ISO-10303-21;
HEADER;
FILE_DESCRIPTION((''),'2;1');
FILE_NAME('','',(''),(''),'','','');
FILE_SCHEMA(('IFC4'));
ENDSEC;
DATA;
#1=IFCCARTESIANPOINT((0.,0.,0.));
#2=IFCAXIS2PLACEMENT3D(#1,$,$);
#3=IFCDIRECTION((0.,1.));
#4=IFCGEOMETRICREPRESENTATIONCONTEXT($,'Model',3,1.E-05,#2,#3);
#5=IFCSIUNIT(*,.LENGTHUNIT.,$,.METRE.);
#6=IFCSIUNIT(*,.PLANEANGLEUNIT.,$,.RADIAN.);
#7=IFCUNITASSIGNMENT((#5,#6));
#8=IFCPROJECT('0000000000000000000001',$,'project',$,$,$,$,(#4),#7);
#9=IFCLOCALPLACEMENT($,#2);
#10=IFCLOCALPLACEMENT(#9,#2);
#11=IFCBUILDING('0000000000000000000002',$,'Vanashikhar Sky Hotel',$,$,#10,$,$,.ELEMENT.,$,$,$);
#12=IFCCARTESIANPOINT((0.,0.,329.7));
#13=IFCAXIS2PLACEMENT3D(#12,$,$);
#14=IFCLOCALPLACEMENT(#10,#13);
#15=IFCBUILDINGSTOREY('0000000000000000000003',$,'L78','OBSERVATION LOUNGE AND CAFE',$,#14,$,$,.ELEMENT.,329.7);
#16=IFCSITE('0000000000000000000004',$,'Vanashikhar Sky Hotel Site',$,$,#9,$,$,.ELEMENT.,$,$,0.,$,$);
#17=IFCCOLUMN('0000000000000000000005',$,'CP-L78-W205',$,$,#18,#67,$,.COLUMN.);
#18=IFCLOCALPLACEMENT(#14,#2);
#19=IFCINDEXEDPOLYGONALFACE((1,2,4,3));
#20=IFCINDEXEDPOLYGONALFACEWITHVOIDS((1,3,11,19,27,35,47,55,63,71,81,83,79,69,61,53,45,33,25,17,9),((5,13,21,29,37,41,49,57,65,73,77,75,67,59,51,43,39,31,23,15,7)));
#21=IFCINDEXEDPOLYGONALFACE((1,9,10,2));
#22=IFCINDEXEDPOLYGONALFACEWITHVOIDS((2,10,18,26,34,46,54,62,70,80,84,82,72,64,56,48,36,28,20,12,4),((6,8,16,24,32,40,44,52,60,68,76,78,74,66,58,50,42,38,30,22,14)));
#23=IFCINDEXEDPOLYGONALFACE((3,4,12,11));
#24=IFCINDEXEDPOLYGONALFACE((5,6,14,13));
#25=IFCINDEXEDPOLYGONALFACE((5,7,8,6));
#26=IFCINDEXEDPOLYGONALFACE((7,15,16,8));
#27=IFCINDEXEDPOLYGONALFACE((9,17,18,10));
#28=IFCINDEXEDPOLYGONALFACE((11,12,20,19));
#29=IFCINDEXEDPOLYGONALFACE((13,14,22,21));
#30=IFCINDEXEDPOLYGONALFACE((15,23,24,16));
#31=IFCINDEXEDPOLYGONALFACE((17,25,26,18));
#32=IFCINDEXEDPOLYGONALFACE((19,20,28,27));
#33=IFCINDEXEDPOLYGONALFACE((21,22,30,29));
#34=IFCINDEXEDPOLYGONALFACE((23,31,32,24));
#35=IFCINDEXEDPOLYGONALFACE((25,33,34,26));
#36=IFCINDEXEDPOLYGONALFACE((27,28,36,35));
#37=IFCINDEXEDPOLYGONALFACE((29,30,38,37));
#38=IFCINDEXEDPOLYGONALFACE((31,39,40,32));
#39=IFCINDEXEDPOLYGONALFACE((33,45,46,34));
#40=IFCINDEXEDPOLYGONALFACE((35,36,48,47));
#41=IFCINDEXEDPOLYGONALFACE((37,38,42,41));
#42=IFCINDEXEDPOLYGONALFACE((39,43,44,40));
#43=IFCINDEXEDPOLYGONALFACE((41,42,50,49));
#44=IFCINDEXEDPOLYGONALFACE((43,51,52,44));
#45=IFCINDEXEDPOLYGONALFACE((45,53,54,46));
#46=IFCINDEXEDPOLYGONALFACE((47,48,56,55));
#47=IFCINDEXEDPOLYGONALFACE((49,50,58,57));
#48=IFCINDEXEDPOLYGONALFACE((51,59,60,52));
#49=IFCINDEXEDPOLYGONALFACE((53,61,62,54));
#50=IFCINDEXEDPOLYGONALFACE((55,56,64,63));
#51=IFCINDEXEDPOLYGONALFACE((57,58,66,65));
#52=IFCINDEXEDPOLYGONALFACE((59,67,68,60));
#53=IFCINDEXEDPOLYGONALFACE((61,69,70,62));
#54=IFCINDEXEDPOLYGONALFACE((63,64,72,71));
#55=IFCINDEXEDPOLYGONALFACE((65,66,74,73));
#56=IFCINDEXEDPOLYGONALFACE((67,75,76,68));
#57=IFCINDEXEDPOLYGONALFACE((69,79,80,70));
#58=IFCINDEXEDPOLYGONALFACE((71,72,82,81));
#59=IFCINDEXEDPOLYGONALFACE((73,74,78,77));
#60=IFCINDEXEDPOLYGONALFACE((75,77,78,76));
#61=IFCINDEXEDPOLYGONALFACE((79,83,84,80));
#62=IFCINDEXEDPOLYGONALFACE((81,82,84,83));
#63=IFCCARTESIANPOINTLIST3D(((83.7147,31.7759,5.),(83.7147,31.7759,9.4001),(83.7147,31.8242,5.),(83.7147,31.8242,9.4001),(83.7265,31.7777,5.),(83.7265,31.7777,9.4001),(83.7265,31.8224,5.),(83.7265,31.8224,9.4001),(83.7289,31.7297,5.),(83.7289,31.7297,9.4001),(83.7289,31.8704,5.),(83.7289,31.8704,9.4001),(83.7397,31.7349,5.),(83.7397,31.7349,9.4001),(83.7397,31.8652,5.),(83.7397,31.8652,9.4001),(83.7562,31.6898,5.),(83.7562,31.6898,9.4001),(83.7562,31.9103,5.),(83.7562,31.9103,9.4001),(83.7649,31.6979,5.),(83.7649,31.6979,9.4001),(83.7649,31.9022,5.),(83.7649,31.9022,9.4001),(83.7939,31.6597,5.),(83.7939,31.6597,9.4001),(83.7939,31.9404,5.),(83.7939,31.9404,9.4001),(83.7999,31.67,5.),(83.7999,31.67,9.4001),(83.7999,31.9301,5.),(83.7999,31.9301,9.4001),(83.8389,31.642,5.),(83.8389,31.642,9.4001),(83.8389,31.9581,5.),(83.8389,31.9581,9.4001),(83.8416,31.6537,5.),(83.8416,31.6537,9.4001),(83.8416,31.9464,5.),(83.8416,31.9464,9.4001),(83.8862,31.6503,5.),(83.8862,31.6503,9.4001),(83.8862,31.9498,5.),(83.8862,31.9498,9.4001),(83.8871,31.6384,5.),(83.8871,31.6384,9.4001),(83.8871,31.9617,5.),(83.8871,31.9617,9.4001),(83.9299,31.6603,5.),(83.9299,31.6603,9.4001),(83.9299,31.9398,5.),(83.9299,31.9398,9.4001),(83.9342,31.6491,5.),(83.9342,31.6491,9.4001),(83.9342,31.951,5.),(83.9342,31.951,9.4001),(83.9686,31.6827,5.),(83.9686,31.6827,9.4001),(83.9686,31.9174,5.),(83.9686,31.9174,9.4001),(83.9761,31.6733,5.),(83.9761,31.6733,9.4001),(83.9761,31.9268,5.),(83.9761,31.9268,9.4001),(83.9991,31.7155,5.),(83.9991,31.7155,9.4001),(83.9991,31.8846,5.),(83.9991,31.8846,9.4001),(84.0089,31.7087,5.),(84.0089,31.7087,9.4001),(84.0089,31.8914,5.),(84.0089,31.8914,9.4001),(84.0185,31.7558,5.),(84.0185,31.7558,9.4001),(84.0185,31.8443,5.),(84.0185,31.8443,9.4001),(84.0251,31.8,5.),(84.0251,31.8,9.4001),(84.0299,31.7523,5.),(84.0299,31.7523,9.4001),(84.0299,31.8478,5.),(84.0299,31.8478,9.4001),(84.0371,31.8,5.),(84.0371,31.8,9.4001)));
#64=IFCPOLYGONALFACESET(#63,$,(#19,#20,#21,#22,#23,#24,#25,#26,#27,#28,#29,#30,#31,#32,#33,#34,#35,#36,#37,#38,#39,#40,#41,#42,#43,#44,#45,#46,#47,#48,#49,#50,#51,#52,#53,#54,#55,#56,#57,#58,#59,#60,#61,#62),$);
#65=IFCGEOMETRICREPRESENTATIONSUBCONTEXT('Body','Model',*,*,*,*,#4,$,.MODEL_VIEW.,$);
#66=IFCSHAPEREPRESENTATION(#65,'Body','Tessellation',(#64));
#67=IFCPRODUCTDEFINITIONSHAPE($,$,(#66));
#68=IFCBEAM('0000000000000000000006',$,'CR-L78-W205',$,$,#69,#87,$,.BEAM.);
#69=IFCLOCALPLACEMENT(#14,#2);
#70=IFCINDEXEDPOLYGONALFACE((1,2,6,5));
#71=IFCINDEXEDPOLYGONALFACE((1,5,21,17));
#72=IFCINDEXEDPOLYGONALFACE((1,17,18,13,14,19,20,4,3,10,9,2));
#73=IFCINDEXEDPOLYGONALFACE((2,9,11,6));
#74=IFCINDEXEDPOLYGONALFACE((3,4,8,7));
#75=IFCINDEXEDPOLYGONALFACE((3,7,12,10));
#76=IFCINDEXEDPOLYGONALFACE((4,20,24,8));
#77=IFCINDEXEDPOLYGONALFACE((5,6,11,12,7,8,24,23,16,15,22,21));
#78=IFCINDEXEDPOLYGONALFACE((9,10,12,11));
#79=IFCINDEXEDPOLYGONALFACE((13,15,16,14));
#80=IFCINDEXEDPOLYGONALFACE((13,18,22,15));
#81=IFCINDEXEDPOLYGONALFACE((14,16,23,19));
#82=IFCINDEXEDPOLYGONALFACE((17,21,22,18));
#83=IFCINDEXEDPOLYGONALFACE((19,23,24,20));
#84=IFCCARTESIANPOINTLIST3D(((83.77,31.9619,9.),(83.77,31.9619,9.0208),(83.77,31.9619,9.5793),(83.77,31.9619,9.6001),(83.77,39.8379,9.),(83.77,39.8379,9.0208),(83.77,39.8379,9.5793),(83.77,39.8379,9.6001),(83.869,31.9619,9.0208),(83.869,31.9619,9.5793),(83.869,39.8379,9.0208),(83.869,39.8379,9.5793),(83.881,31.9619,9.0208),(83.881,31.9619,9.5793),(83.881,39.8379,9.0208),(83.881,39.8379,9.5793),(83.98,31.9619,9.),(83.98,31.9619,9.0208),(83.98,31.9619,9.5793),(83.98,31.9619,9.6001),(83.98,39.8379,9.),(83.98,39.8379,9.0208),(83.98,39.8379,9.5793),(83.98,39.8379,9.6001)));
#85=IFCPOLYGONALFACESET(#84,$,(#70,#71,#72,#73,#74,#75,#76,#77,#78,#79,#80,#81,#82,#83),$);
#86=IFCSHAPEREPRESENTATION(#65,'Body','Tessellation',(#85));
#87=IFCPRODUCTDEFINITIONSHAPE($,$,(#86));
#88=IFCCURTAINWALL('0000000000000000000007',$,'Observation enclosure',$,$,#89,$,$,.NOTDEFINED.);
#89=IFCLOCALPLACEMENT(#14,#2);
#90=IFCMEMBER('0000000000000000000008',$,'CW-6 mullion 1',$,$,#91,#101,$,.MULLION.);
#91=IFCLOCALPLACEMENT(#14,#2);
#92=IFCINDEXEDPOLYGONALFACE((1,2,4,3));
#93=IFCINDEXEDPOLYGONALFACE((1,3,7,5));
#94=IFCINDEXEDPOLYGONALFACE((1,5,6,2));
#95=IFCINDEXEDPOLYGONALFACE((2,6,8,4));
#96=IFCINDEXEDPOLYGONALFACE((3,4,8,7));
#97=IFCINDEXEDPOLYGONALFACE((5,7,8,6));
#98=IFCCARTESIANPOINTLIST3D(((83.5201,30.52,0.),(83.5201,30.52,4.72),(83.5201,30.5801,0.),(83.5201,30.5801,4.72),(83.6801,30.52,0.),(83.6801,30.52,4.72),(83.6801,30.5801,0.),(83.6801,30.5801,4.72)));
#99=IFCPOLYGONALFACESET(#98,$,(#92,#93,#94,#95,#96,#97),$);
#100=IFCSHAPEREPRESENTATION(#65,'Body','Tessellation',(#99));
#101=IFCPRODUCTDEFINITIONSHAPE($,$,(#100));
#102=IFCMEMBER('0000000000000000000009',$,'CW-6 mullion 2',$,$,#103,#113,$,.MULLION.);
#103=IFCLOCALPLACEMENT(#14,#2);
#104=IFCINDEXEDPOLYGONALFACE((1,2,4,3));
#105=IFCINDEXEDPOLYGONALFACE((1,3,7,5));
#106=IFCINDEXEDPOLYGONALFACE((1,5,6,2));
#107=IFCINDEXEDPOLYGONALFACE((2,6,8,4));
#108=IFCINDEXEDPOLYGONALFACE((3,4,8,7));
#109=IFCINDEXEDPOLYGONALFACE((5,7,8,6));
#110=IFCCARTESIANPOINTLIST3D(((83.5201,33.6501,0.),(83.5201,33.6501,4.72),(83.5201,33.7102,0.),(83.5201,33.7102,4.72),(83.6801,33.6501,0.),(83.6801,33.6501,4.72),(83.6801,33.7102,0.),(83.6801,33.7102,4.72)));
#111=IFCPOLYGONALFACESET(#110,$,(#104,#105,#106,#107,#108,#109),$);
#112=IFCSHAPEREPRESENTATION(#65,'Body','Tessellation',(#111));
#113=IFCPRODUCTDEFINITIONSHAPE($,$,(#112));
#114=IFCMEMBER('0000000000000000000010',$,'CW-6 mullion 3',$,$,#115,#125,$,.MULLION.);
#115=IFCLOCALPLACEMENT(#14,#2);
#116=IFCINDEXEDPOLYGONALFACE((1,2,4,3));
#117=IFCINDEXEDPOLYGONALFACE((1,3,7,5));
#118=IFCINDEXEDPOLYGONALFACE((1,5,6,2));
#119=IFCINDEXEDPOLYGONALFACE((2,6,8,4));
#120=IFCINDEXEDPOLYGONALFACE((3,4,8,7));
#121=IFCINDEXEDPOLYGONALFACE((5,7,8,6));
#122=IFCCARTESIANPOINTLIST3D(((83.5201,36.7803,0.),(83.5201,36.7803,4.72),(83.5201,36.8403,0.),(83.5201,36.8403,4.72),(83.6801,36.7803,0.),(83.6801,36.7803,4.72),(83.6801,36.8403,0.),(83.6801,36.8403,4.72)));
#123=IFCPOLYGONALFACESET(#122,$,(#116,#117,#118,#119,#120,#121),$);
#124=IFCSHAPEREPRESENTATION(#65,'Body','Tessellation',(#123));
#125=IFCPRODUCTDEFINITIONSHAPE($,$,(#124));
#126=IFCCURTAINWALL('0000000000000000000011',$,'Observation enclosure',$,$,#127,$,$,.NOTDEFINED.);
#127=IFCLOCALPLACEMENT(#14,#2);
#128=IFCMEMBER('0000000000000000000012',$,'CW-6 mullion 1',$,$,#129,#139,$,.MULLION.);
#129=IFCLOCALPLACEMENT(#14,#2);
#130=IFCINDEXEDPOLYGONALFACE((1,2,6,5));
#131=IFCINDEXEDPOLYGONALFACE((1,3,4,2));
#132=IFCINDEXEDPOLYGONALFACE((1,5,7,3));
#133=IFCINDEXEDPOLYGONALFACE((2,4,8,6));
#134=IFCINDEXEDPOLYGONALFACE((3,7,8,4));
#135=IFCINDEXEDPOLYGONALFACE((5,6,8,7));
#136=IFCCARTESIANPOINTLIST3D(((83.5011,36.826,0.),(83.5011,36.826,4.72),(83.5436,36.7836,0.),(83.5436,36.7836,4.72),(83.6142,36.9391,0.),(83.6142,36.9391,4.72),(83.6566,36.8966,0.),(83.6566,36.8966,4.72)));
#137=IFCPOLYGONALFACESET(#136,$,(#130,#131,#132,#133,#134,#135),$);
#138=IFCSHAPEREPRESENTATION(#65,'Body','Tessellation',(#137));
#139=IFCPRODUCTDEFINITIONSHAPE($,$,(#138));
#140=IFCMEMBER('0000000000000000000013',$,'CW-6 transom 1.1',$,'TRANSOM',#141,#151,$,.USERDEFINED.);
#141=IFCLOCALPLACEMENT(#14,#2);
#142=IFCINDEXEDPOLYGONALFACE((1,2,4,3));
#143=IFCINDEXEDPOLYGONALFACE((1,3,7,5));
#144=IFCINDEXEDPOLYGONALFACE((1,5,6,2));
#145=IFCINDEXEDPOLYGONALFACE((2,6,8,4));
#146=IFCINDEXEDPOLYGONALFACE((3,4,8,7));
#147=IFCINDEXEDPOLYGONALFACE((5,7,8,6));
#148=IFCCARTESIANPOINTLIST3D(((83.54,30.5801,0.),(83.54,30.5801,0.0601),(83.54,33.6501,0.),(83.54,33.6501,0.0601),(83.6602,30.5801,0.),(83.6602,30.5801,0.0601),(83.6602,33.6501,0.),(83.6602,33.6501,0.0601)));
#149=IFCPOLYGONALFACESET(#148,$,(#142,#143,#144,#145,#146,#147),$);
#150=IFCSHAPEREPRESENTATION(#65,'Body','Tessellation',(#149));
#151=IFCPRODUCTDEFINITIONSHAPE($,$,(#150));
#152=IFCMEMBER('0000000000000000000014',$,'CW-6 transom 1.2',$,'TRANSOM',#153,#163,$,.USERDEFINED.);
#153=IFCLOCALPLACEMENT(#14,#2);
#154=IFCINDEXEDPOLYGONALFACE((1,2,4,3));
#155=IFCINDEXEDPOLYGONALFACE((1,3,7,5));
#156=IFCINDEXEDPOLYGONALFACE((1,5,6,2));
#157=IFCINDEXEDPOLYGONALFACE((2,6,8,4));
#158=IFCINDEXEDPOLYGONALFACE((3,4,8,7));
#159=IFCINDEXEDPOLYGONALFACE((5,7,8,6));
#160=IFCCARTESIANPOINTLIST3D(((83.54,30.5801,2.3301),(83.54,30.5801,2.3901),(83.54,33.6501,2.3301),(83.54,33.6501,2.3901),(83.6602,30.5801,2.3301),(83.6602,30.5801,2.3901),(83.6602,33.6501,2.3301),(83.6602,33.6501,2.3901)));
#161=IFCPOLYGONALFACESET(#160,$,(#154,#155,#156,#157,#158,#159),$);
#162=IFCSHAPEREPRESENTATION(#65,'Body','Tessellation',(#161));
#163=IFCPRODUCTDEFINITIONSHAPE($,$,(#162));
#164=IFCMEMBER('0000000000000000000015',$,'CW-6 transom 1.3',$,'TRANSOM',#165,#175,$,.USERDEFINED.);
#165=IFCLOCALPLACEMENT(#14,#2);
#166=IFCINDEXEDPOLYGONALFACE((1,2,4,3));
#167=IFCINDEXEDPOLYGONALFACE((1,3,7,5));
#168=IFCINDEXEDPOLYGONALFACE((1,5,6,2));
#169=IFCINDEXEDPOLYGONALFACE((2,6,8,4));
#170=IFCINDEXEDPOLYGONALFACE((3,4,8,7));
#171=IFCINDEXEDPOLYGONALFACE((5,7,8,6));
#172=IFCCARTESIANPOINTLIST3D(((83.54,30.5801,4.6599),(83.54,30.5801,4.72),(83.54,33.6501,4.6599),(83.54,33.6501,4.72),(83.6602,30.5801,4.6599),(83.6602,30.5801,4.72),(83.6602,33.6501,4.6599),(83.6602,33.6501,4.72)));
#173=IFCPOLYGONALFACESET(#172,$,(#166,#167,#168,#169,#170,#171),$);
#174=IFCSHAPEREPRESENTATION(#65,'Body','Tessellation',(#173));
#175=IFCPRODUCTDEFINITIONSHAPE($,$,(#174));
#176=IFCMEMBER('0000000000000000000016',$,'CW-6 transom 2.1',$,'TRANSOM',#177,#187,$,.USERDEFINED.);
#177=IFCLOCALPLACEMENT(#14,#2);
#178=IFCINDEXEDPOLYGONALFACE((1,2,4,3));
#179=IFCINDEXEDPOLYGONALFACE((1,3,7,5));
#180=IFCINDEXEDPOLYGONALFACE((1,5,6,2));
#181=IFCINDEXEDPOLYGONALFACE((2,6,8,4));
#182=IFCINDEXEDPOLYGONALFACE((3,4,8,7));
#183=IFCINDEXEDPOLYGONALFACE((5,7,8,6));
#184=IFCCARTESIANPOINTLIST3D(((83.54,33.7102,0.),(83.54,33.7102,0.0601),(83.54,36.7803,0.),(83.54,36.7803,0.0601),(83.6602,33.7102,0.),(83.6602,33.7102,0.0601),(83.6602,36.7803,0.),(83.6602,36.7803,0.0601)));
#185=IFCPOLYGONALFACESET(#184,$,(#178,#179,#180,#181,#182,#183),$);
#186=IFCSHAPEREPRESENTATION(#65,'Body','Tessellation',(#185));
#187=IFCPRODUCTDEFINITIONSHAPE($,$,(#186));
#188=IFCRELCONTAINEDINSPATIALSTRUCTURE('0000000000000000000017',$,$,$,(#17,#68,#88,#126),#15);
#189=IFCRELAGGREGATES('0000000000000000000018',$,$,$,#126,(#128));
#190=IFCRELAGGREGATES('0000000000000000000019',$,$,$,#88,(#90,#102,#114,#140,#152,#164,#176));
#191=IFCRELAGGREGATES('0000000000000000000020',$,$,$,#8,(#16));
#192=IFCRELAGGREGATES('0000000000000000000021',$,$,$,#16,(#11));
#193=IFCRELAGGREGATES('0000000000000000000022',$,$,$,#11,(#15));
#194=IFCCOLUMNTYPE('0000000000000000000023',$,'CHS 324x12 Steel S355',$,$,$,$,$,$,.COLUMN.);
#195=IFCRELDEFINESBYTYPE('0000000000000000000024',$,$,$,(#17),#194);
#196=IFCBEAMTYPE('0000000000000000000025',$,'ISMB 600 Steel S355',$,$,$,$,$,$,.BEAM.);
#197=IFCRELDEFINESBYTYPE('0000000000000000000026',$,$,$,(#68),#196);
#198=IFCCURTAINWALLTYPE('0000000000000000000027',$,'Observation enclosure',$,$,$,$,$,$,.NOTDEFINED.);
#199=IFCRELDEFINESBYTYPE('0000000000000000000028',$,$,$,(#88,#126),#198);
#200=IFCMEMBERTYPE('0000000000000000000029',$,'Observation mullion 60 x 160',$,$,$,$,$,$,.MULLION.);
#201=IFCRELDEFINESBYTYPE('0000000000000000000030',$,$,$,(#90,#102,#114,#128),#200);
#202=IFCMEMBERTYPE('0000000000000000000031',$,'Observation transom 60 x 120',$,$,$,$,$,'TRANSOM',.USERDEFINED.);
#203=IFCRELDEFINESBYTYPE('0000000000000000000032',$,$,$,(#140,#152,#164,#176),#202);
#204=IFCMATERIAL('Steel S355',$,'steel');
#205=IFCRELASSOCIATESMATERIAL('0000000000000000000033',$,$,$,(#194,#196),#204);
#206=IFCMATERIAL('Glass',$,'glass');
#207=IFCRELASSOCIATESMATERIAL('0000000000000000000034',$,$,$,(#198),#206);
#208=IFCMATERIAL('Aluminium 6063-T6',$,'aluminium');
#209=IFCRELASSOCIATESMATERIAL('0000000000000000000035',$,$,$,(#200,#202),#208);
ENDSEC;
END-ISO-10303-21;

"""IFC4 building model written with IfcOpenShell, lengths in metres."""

from ifc_helpers import new_model, si_unit, direction, frame, origin, origin_2d, place, context, subcontext, project, spatial, rectangle, hollow_circle, i_section, extrude, source, transform, mapped, material, material_profile, profile_set, type_object, element, aggregate, save


model = new_model("IFC4")

# Units and contexts
model_context = context("Model", 3, precision=1e-05, world=origin(), true_north=direction((0.0, 1.0)))
body_context = subcontext(model_context, "Body", "Model", "MODEL_VIEW")
ifc_project = project(units=[si_unit("LENGTHUNIT", "METRE"), si_unit("PLANEANGLEUNIT", "RADIAN")], contexts=[model_context])

# Site, building, storey
site_placement = place(None, origin())
site = spatial("IfcSite", under=ifc_project, at=site_placement, Name="Vanashikhar Sky Hotel Site", CompositionType="ELEMENT", RefElevation=0.0)
building_placement = place(site_placement, origin())
building = spatial("IfcBuilding", under=site, at=building_placement, Name="Vanashikhar Sky Hotel", CompositionType="ELEMENT")
storey_placement = place(building_placement, frame((0.0, 0.0, 329.7)))
storey = spatial("IfcBuildingStorey", under=building, at=storey_placement, Name="L78", Description="OBSERVATION LOUNGE AND CAFE", CompositionType="ELEMENT", Elevation=329.7)

# Column
ifc_material_1 = material(Name="Steel S355", Category="steel")
ifc_material_profile_1 = material_profile(ifc_material_1, hollow_circle(Radius=0.1621, WallThickness=0.012, at=origin_2d()))
ifc_profile_set_1 = profile_set([ifc_material_profile_1], Name="CHS 324x12 Steel S355")
column_type = type_object("IfcColumnType", Name="CHS 324x12 Steel S355", PredefinedType="COLUMN", material=ifc_profile_set_1)
shared_shape_1 = source(origin(), body_context, "Body", "SweptSolid", [
    extrude(hollow_circle(Radius=0.1621, WallThickness=0.012, at=origin_2d()), origin(), (0.0, 0.0, 1.0), 4.4001),
])
column_placement = place(storey_placement, frame((83.875, 31.8, 5.0), z_axis=(0.0, 0.0, 1.0), x_axis=(1.0, 0.0, 0.0)))
element("IfcColumn", 1, at=column_placement, inside=storey, type_object=column_type, Name="CP-L78-W205", PredefinedType="COLUMN", context=body_context, shape_type="MappedRepresentation", body=[
    mapped(shared_shape_1, transform((0.0, 0.0, 0.0), scale=1.0)),
])

# Beam
ifc_material_profile_2 = material_profile(ifc_material_1, i_section(OverallWidth=0.21, OverallDepth=0.6001, WebThickness=0.012, FlangeThickness=0.0208, at=origin_2d()), Name="ISMB 600")
ifc_profile_set_2 = profile_set([ifc_material_profile_2], Name="Steel S355")
beam_type = type_object("IfcBeamType", Name="ISMB 600 Steel S355", PredefinedType="BEAM", material=ifc_profile_set_2)
shared_shape_2 = source(origin(), body_context, "Body", "SweptSolid", [
    extrude(i_section(OverallWidth=0.21, OverallDepth=0.6001, WebThickness=0.012, FlangeThickness=0.0208, at=origin_2d()), origin(), (0.0, 0.0, 1.0), 7.876),
])
beam_placement = place(storey_placement, frame((83.875, 31.9619, 9.3), z_axis=(0.0, 1.0, 0.0), x_axis=(-1.0, 0.0, 0.0)))
element("IfcBeam", 2, at=beam_placement, inside=storey, type_object=beam_type, Name="CR-L78-W205", PredefinedType="BEAM", context=body_context, shape_type="MappedRepresentation", body=[
    mapped(shared_shape_2, transform((0.0, 0.0, 0.0), scale=1.0)),
])

# Curtain wall, members
ifc_material_2 = material(Name="Glass", Category="glass")
curtain_wall_type = type_object("IfcCurtainWallType", Name="Observation enclosure", PredefinedType="NOTDEFINED", material=ifc_material_2)
curtain_wall_1_placement = place(storey_placement, origin())
curtain_wall_1 = element("IfcCurtainWall", 3, at=curtain_wall_1_placement, inside=storey, type_object=curtain_wall_type, Name="Observation enclosure", PredefinedType="NOTDEFINED")
ifc_material_3 = material(Name="Aluminium 6063-T6", Category="aluminium")
ifc_material_profile_3 = material_profile(ifc_material_3, rectangle(XDim=0.1599, YDim=0.0601, at=origin_2d()))
ifc_profile_set_3 = profile_set([ifc_material_profile_3], Name="Aluminium 6063-T6")
member_type_1 = type_object("IfcMemberType", Name="Observation mullion 60 x 160", PredefinedType="MULLION", material=ifc_profile_set_3)
shared_shape_3 = source(origin(), body_context, "Body", "SweptSolid", [
    extrude(rectangle(XDim=0.1599, YDim=0.0601, at=origin_2d()), origin(), (0.0, 0.0, 1.0), 4.72),
])
member_1_placement = place(storey_placement, frame((83.6001, 30.55, 0.0), z_axis=(0.0, 0.0, 1.0), x_axis=(-1.0, 0.0, 0.0)))
member_1 = element("IfcMember", 4, at=member_1_placement, type_object=member_type_1, Name="CW-6 mullion 1", PredefinedType="MULLION", context=body_context, shape_type="MappedRepresentation", body=[
    mapped(shared_shape_3, transform((0.0, 0.0, 0.0), scale=1.0)),
])
member_2_placement = place(storey_placement, frame((83.6001, 33.6802, 0.0), z_axis=(0.0, 0.0, 1.0), x_axis=(-1.0, 0.0, 0.0)))
member_2 = element("IfcMember", 5, at=member_2_placement, type_object=member_type_1, Name="CW-6 mullion 2", PredefinedType="MULLION", context=body_context, shape_type="MappedRepresentation", body=[
    mapped(shared_shape_3, transform((0.0, 0.0, 0.0), scale=1.0)),
])
member_3_placement = place(storey_placement, frame((83.6001, 36.8103, 0.0), z_axis=(0.0, 0.0, 1.0), x_axis=(-1.0, 0.0, 0.0)))
member_3 = element("IfcMember", 6, at=member_3_placement, type_object=member_type_1, Name="CW-6 mullion 3", PredefinedType="MULLION", context=body_context, shape_type="MappedRepresentation", body=[
    mapped(shared_shape_3, transform((0.0, 0.0, 0.0), scale=1.0)),
])

# Curtain wall, member
curtain_wall_2_placement = place(storey_placement, origin())
curtain_wall_2 = element("IfcCurtainWall", 7, at=curtain_wall_2_placement, inside=storey, type_object=curtain_wall_type, Name="Observation enclosure", PredefinedType="NOTDEFINED")
member_4_placement = place(storey_placement, frame((83.5789, 36.8613, 0.0), z_axis=(0.0, 0.0, 1.0), x_axis=(-0.707107, -0.707107, 0.0)))
member_4 = element("IfcMember", 8, at=member_4_placement, type_object=member_type_1, Name="CW-6 mullion 1", PredefinedType="MULLION", context=body_context, shape_type="MappedRepresentation", body=[
    mapped(shared_shape_3, transform((0.0, 0.0, 0.0), scale=1.0)),
])
aggregate(curtain_wall_2, [member_4])

# Members
ifc_material_profile_4 = material_profile(ifc_material_3, rectangle(XDim=0.1201, YDim=0.0601, at=origin_2d()))
ifc_profile_set_4 = profile_set([ifc_material_profile_4], Name="Aluminium 6063-T6")
member_type_2 = type_object("IfcMemberType", Name="Observation transom 60 x 120", ElementType="TRANSOM", PredefinedType="USERDEFINED", material=ifc_profile_set_4)
shared_shape_4 = source(origin(), body_context, "Body", "SweptSolid", [
    extrude(rectangle(XDim=0.1201, YDim=0.0601, at=origin_2d()), origin(), (0.0, 0.0, 1.0), 3.0701),
])
member_5_placement = place(storey_placement, frame((83.6001, 30.5801, 0.03), z_axis=(0.0, 1.0, 0.0), x_axis=(-1.0, 0.0, 0.0)))
member_5 = element("IfcMember", 9, at=member_5_placement, type_object=member_type_2, Name="CW-6 transom 1.1", ObjectType="TRANSOM", PredefinedType="USERDEFINED", context=body_context, shape_type="MappedRepresentation", body=[
    mapped(shared_shape_4, transform((0.0, 0.0, 0.0), scale=1.0)),
])
member_6_placement = place(storey_placement, frame((83.6001, 30.5801, 2.3601), z_axis=(0.0, 1.0, 0.0), x_axis=(-1.0, 0.0, 0.0)))
member_6 = element("IfcMember", 10, at=member_6_placement, type_object=member_type_2, Name="CW-6 transom 1.2", ObjectType="TRANSOM", PredefinedType="USERDEFINED", context=body_context, shape_type="MappedRepresentation", body=[
    mapped(shared_shape_4, transform((0.0, 0.0, 0.0), scale=1.0)),
])
member_7_placement = place(storey_placement, frame((83.6001, 30.5801, 4.6899), z_axis=(0.0, 1.0, 0.0), x_axis=(-1.0, 0.0, 0.0)))
member_7 = element("IfcMember", 11, at=member_7_placement, type_object=member_type_2, Name="CW-6 transom 1.3", ObjectType="TRANSOM", PredefinedType="USERDEFINED", context=body_context, shape_type="MappedRepresentation", body=[
    mapped(shared_shape_4, transform((0.0, 0.0, 0.0), scale=1.0)),
])
member_8_placement = place(storey_placement, frame((83.6001, 33.7102, 0.03), z_axis=(0.0, 1.0, 0.0), x_axis=(-1.0, 0.0, 0.0)))
member_8 = element("IfcMember", 12, at=member_8_placement, type_object=member_type_2, Name="CW-6 transom 2.1", ObjectType="TRANSOM", PredefinedType="USERDEFINED", context=body_context, shape_type="MappedRepresentation", body=[
    mapped(shared_shape_4, transform((0.0, 0.0, 0.0), scale=1.0)),
])

aggregate(curtain_wall_1, [member_1, member_2, member_3, member_5, member_6, member_7, member_8])

save(model, "model.ifc")
